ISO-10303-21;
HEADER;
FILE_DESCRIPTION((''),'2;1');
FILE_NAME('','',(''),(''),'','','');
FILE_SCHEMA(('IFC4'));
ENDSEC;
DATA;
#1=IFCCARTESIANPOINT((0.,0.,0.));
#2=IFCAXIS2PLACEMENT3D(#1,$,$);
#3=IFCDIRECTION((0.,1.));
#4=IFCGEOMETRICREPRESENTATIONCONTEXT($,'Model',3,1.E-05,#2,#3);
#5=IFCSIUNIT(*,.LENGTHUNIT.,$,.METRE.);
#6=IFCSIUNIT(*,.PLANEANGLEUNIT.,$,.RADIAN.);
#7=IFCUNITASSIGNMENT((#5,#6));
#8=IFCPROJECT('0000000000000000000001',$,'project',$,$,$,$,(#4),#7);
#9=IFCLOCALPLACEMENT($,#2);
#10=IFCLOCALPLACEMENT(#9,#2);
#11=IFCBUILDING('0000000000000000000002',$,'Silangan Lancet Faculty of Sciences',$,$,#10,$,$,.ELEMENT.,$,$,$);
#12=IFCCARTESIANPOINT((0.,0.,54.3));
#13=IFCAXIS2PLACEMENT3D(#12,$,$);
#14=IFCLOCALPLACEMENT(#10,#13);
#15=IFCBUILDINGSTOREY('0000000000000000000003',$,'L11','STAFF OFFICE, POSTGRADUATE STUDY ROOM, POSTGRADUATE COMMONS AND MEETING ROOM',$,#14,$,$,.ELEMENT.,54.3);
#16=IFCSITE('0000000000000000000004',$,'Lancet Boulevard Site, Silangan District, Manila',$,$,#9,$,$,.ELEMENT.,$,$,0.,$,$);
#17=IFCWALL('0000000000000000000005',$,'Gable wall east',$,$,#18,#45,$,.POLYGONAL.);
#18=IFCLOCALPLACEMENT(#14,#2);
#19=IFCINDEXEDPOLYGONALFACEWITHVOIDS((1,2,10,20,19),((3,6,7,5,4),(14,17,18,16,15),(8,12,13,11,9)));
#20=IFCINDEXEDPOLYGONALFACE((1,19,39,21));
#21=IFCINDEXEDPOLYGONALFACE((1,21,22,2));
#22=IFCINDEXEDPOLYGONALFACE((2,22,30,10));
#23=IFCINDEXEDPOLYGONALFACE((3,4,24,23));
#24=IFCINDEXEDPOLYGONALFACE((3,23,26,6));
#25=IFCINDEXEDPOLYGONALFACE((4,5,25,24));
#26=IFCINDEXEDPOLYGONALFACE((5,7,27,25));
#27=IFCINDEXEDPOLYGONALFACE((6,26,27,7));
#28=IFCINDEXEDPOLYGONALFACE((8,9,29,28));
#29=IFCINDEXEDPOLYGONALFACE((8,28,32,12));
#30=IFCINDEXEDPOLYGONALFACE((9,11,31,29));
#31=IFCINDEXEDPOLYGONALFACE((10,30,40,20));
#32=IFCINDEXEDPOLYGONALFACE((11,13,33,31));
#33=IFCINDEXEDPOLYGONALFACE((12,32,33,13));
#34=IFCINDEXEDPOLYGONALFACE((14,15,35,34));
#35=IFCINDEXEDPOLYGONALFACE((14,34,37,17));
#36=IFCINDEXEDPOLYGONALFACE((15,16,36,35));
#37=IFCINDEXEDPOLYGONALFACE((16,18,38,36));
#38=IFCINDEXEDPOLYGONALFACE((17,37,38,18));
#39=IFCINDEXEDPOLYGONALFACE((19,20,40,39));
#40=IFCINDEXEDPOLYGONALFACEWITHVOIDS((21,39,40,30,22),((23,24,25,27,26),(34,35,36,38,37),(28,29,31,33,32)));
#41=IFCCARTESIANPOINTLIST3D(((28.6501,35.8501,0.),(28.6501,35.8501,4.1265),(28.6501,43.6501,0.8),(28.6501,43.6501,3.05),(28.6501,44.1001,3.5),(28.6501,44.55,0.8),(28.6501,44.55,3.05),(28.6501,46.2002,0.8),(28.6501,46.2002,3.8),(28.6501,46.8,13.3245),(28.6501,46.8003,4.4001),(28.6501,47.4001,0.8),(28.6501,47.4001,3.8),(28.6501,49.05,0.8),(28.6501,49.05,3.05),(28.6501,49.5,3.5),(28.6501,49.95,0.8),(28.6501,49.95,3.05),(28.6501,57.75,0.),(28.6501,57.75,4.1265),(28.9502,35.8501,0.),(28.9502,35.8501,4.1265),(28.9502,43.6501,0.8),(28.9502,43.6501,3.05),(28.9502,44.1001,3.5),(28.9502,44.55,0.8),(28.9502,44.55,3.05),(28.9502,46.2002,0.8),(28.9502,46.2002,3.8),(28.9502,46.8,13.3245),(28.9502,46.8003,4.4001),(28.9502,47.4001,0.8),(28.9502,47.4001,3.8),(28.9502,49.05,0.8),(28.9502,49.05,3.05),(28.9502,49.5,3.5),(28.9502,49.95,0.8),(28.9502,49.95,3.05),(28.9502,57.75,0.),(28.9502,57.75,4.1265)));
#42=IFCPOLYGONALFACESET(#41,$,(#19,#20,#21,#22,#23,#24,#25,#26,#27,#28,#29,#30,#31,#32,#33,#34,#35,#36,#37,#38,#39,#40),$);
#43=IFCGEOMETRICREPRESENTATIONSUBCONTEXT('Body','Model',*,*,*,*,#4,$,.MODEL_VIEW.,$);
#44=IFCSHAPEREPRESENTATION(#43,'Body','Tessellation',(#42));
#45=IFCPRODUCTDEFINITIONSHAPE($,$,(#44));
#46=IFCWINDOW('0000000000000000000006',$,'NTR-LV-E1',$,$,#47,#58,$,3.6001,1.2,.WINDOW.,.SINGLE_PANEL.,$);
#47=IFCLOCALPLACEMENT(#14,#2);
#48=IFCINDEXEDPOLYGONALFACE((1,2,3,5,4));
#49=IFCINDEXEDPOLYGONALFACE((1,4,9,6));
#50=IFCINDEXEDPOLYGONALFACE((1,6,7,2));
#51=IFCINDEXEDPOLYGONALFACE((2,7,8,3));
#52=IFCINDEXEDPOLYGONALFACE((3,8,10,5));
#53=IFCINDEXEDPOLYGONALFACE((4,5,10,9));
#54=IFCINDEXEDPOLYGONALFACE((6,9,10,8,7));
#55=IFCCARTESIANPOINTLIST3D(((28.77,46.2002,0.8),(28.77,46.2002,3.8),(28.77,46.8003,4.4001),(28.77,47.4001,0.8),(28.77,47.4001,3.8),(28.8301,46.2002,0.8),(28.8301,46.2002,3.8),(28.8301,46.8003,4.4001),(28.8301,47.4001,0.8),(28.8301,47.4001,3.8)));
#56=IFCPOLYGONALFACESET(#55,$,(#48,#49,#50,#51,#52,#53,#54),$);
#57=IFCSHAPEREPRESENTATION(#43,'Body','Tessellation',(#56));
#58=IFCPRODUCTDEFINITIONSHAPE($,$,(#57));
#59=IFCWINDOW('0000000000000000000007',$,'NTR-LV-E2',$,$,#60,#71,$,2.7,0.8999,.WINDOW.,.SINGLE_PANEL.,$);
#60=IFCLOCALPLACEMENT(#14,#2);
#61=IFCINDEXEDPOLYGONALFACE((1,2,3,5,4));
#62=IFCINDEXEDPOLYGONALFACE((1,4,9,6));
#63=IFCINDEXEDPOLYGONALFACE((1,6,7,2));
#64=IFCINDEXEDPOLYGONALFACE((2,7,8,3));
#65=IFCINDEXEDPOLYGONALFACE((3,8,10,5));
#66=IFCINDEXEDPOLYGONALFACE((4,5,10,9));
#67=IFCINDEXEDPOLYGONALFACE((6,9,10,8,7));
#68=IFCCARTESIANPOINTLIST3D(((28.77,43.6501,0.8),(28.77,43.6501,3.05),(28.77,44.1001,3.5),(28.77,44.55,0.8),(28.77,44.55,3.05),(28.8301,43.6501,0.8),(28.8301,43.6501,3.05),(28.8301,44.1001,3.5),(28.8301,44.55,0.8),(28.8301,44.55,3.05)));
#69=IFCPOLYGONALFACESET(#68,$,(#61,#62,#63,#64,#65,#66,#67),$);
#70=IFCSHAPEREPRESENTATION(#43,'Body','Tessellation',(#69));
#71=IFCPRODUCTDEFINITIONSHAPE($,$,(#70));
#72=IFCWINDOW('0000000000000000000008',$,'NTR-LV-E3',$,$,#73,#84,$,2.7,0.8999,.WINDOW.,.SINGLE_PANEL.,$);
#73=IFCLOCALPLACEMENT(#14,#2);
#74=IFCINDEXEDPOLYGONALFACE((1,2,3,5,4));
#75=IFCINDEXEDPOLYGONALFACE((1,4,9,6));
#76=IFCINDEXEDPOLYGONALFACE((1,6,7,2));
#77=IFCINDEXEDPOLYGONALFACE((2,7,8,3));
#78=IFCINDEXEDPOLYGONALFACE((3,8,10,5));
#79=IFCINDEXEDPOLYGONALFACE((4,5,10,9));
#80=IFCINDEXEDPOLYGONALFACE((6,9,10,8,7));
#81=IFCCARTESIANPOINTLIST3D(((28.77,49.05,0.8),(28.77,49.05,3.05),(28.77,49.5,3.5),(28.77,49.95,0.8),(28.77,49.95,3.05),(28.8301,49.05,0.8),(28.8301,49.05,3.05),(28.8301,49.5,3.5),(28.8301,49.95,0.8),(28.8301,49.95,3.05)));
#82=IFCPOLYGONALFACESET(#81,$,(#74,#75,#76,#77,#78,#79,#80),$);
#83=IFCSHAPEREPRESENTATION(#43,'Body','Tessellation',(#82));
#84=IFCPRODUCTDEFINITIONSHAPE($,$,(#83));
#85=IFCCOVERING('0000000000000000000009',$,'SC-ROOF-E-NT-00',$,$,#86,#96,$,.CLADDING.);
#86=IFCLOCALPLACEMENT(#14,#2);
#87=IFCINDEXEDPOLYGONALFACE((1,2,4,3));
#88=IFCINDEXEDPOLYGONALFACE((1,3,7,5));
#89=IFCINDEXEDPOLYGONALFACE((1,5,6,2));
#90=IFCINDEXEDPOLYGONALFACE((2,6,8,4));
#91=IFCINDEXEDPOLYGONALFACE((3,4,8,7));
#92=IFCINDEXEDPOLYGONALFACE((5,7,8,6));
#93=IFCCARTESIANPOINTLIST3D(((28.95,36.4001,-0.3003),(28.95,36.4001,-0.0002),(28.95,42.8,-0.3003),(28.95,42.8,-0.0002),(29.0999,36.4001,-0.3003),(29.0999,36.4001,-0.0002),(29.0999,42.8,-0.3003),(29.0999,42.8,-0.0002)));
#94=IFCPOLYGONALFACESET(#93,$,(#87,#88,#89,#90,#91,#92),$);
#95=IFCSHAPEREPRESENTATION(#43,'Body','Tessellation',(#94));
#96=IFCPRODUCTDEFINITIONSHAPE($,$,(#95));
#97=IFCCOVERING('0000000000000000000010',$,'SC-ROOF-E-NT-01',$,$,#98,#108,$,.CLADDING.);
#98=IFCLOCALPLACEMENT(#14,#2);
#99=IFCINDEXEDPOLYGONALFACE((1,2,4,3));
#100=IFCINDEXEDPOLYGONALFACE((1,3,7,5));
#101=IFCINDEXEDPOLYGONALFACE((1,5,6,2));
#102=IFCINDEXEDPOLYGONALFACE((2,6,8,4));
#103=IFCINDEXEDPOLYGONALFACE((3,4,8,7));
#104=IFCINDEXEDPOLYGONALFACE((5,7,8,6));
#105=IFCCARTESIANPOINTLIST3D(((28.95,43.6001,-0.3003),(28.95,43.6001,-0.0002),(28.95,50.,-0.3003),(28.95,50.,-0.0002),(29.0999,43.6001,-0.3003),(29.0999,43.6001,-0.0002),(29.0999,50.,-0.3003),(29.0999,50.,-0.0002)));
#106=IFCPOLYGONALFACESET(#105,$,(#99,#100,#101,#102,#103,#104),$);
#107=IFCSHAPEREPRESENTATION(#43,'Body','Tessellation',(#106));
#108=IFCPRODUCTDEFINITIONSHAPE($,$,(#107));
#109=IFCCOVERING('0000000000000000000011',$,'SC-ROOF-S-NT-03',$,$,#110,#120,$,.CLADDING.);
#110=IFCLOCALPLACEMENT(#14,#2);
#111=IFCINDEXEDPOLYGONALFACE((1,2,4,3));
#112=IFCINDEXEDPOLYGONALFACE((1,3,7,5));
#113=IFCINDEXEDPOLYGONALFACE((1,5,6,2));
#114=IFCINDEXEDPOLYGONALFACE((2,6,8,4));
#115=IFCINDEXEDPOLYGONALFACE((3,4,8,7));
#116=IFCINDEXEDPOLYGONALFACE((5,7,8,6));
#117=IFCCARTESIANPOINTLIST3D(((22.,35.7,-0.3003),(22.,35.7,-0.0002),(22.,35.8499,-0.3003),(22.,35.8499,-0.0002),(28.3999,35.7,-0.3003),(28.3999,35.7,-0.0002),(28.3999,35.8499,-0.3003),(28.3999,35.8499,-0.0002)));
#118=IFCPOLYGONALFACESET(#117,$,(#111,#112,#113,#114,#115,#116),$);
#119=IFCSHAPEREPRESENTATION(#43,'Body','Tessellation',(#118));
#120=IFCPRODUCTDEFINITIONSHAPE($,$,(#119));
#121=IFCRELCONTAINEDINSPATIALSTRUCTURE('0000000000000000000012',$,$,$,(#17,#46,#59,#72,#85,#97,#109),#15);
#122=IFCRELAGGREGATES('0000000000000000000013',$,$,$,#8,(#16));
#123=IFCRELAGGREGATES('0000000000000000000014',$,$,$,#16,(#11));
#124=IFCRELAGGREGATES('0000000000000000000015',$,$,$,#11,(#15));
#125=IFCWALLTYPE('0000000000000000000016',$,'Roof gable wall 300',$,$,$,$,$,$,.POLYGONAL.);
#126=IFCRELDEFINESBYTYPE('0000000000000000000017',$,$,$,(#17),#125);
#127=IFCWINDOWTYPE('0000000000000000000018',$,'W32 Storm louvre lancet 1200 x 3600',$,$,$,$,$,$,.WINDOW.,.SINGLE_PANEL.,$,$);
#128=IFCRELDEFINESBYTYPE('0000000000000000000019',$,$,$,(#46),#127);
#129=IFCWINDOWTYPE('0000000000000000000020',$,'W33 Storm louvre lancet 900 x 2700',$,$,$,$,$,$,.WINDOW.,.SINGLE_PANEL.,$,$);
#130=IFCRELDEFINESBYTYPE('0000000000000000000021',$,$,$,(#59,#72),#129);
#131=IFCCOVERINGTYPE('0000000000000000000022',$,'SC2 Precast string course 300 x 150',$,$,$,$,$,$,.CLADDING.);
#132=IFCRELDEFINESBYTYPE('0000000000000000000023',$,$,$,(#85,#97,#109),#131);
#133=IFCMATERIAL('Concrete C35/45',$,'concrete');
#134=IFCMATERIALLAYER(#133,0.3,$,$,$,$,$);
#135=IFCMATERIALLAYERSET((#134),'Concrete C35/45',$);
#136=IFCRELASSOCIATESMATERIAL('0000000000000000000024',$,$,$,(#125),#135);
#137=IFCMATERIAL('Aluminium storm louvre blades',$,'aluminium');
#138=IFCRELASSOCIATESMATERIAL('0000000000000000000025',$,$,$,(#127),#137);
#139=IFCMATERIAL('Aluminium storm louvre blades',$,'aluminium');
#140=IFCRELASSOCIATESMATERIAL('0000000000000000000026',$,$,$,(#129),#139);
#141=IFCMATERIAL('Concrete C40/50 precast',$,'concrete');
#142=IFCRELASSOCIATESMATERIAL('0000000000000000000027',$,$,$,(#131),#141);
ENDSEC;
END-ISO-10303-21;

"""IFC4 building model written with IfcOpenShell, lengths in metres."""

from ifc_helpers import new_model, si_unit, direction, frame, origin, origin_2d, place, context, subcontext, project, spatial, polyline, rectangle, outline, extrude, material, layer, layer_set, type_object, element, fill, save


model = new_model("IFC4")

# Units and contexts
model_context = context("Model", 3, precision=1e-05, world=origin(), true_north=direction((0.0, 1.0)))
body_context = subcontext(model_context, "Body", "Model", "MODEL_VIEW")
ifc_project = project(units=[si_unit("LENGTHUNIT", "METRE"), si_unit("PLANEANGLEUNIT", "RADIAN")], contexts=[model_context])

# Site, building, storey
site_placement = place(None, origin())
site = spatial("IfcSite", under=ifc_project, at=site_placement, Name="Lancet Boulevard Site, Silangan District, Manila", CompositionType="ELEMENT", RefElevation=0.0)
building_placement = place(site_placement, origin())
building = spatial("IfcBuilding", under=site, at=building_placement, Name="Silangan Lancet Faculty of Sciences", CompositionType="ELEMENT")
storey_placement = place(building_placement, frame((0.0, 0.0, 54.3)))
storey = spatial("IfcBuildingStorey", under=building, at=storey_placement, Name="L11", Description="STAFF OFFICE, POSTGRADUATE STUDY ROOM, POSTGRADUATE COMMONS AND MEETING ROOM", CompositionType="ELEMENT", Elevation=54.3)

# Wall, openings, windows
ifc_material_1 = material(Name="Concrete C35/45", Category="concrete")
ifc_layer = layer(ifc_material_1, 0.3)
ifc_layer_set = layer_set([ifc_layer], Name="Concrete C35/45")
wall_type = type_object("IfcWallType", Name="Roof gable wall 300", PredefinedType="POLYGONAL", material=ifc_layer_set)
wall_placement = place(storey_placement, frame((28.8, 35.8501, 0.0), z_axis=(0.0, 0.0, 1.0), x_axis=(0.0, 1.0, 0.0)))
wall = element("IfcWall", 1, at=wall_placement, inside=storey, type_object=wall_type, Name="Gable wall east", PredefinedType="POLYGONAL", context=body_context, shape_type="SweptSolid", body=[
    extrude(outline(polyline([(0.0, 0.0), (21.8999, 0.0), (21.8999, 4.1265), (10.95, 13.3245), (0.0, 4.1265), (0.0, 0.0)])), frame((0.0, 0.1499, 0.0), z_axis=(0.0, -1.0, 0.0), x_axis=(1.0, 0.0, 0.0)), (0.0, 0.0, 1.0), 0.3),
])
opening_1_placement = place(wall_placement, frame((10.3501, 0.0, 0.8)))
opening_1 = element("IfcOpeningElement", 2, at=opening_1_placement, cuts=wall, PredefinedType="OPENING", context=body_context, shape_type="SweptSolid", body=[
    extrude(outline(polyline([(0.0, 0.0), (1.2, 0.0), (1.2, 3.0), (0.6001, 3.6001), (0.0, 3.0), (0.0, 0.0)])), frame((0.0, 0.1599, 0.0), z_axis=(0.0, -1.0, 0.0), x_axis=(1.0, 0.0, 0.0)), (0.0, 0.0, 1.0), 0.3201),
])
opening_2_placement = place(wall_placement, frame((7.8, 0.0, 0.8)))
opening_2 = element("IfcOpeningElement", 3, at=opening_2_placement, cuts=wall, PredefinedType="OPENING", context=body_context, shape_type="SweptSolid", body=[
    extrude(outline(polyline([(0.0, 0.0), (0.8999, 0.0), (0.8999, 2.25), (0.45, 2.7), (0.0, 2.25), (0.0, 0.0)])), frame((0.0, 0.1599, 0.0), z_axis=(0.0, -1.0, 0.0), x_axis=(1.0, 0.0, 0.0)), (0.0, 0.0, 1.0), 0.3201),
])
opening_3_placement = place(wall_placement, frame((13.2, 0.0, 0.8)))
opening_3 = element("IfcOpeningElement", 4, at=opening_3_placement, cuts=wall, PredefinedType="OPENING", context=body_context, shape_type="SweptSolid", body=[
    extrude(outline(polyline([(0.0, 0.0), (0.8999, 0.0), (0.8999, 2.25), (0.45, 2.7), (0.0, 2.25), (0.0, 0.0)])), frame((0.0, 0.1599, 0.0), z_axis=(0.0, -1.0, 0.0), x_axis=(1.0, 0.0, 0.0)), (0.0, 0.0, 1.0), 0.3201),
])
ifc_material_2 = material(Name="Aluminium storm louvre blades", Category="aluminium")
window_type_1 = type_object("IfcWindowType", Name="W32 Storm louvre lancet 1200 x 3600", PartitioningType="SINGLE_PANEL", PredefinedType="WINDOW", material=ifc_material_2)
window_1_placement = place(opening_1_placement, origin())
window_1 = element("IfcWindow", 5, at=window_1_placement, inside=storey, type_object=window_type_1, Name="NTR-LV-E1", OverallHeight=3.6001, OverallWidth=1.2, PartitioningType="SINGLE_PANEL", PredefinedType="WINDOW", context=body_context, shape_type="SweptSolid", body=[
    extrude(outline(polyline([(0.0, 0.0), (1.2, 0.0), (1.2, 3.0), (0.6001, 3.6001), (0.0, 3.0), (0.0, 0.0)])), frame((0.0, 0.03, 0.0), z_axis=(0.0, -1.0, 0.0), x_axis=(1.0, 0.0, 0.0)), (0.0, 0.0, 1.0), 0.0601),
])
fill(opening_1, window_1)
ifc_material_3 = material(Name="Aluminium storm louvre blades", Category="aluminium")
window_type_2 = type_object("IfcWindowType", Name="W33 Storm louvre lancet 900 x 2700", PartitioningType="SINGLE_PANEL", PredefinedType="WINDOW", material=ifc_material_3)
window_2_placement = place(opening_2_placement, origin())
window_2 = element("IfcWindow", 6, at=window_2_placement, inside=storey, type_object=window_type_2, Name="NTR-LV-E2", OverallHeight=2.7, OverallWidth=0.8999, PartitioningType="SINGLE_PANEL", PredefinedType="WINDOW", context=body_context, shape_type="SweptSolid", body=[
    extrude(outline(polyline([(0.0, 0.0), (0.8999, 0.0), (0.8999, 2.25), (0.45, 2.7), (0.0, 2.25), (0.0, 0.0)])), frame((0.0, 0.03, 0.0), z_axis=(0.0, -1.0, 0.0), x_axis=(1.0, 0.0, 0.0)), (0.0, 0.0, 1.0), 0.0601),
])
fill(opening_2, window_2)
window_3_placement = place(opening_3_placement, origin())
window_3 = element("IfcWindow", 7, at=window_3_placement, inside=storey, type_object=window_type_2, Name="NTR-LV-E3", OverallHeight=2.7, OverallWidth=0.8999, PartitioningType="SINGLE_PANEL", PredefinedType="WINDOW", context=body_context, shape_type="SweptSolid", body=[
    extrude(outline(polyline([(0.0, 0.0), (0.8999, 0.0), (0.8999, 2.25), (0.45, 2.7), (0.0, 2.25), (0.0, 0.0)])), frame((0.0, 0.03, 0.0), z_axis=(0.0, -1.0, 0.0), x_axis=(1.0, 0.0, 0.0)), (0.0, 0.0, 1.0), 0.0601),
])
fill(opening_3, window_3)

# Coverings
ifc_material_4 = material(Name="Concrete C40/50 precast", Category="concrete")
covering_type = type_object("IfcCoveringType", Name="SC2 Precast string course 300 x 150", PredefinedType="CLADDING", material=ifc_material_4)
for number, where, z_axis, x_axis, name in (
    (8, (29.0249, 39.6001, -0.3003), (0.0, 0.0, 1.0), (1.0, 0.0, 0.0), "SC-ROOF-E-NT-00"),
    (9, (29.0249, 46.8, -0.3003), (0.0, 0.0, 1.0), (1.0, 0.0, 0.0), "SC-ROOF-E-NT-01"),
):
    element("IfcCovering", number, at=place(storey_placement, frame(where, z_axis=z_axis, x_axis=x_axis)), inside=storey, type_object=covering_type, Name=name, PredefinedType="CLADDING", context=body_context, shape_type="SweptSolid", body=[
        extrude(rectangle(XDim=0.1499, YDim=6.3999, at=origin_2d()), origin(), (0.0, 0.0, 1.0), 0.3),
    ])
covering_placement = place(storey_placement, frame((25.2, 35.7749, -0.3003), z_axis=(0.0, 0.0, 1.0), x_axis=(1.0, 0.0, 0.0)))
element("IfcCovering", 10, at=covering_placement, inside=storey, type_object=covering_type, Name="SC-ROOF-S-NT-03", PredefinedType="CLADDING", context=body_context, shape_type="SweptSolid", body=[
    extrude(rectangle(XDim=6.3999, YDim=0.1499, at=origin_2d()), origin(), (0.0, 0.0, 1.0), 0.3),
])

save(model, "model.ifc")
